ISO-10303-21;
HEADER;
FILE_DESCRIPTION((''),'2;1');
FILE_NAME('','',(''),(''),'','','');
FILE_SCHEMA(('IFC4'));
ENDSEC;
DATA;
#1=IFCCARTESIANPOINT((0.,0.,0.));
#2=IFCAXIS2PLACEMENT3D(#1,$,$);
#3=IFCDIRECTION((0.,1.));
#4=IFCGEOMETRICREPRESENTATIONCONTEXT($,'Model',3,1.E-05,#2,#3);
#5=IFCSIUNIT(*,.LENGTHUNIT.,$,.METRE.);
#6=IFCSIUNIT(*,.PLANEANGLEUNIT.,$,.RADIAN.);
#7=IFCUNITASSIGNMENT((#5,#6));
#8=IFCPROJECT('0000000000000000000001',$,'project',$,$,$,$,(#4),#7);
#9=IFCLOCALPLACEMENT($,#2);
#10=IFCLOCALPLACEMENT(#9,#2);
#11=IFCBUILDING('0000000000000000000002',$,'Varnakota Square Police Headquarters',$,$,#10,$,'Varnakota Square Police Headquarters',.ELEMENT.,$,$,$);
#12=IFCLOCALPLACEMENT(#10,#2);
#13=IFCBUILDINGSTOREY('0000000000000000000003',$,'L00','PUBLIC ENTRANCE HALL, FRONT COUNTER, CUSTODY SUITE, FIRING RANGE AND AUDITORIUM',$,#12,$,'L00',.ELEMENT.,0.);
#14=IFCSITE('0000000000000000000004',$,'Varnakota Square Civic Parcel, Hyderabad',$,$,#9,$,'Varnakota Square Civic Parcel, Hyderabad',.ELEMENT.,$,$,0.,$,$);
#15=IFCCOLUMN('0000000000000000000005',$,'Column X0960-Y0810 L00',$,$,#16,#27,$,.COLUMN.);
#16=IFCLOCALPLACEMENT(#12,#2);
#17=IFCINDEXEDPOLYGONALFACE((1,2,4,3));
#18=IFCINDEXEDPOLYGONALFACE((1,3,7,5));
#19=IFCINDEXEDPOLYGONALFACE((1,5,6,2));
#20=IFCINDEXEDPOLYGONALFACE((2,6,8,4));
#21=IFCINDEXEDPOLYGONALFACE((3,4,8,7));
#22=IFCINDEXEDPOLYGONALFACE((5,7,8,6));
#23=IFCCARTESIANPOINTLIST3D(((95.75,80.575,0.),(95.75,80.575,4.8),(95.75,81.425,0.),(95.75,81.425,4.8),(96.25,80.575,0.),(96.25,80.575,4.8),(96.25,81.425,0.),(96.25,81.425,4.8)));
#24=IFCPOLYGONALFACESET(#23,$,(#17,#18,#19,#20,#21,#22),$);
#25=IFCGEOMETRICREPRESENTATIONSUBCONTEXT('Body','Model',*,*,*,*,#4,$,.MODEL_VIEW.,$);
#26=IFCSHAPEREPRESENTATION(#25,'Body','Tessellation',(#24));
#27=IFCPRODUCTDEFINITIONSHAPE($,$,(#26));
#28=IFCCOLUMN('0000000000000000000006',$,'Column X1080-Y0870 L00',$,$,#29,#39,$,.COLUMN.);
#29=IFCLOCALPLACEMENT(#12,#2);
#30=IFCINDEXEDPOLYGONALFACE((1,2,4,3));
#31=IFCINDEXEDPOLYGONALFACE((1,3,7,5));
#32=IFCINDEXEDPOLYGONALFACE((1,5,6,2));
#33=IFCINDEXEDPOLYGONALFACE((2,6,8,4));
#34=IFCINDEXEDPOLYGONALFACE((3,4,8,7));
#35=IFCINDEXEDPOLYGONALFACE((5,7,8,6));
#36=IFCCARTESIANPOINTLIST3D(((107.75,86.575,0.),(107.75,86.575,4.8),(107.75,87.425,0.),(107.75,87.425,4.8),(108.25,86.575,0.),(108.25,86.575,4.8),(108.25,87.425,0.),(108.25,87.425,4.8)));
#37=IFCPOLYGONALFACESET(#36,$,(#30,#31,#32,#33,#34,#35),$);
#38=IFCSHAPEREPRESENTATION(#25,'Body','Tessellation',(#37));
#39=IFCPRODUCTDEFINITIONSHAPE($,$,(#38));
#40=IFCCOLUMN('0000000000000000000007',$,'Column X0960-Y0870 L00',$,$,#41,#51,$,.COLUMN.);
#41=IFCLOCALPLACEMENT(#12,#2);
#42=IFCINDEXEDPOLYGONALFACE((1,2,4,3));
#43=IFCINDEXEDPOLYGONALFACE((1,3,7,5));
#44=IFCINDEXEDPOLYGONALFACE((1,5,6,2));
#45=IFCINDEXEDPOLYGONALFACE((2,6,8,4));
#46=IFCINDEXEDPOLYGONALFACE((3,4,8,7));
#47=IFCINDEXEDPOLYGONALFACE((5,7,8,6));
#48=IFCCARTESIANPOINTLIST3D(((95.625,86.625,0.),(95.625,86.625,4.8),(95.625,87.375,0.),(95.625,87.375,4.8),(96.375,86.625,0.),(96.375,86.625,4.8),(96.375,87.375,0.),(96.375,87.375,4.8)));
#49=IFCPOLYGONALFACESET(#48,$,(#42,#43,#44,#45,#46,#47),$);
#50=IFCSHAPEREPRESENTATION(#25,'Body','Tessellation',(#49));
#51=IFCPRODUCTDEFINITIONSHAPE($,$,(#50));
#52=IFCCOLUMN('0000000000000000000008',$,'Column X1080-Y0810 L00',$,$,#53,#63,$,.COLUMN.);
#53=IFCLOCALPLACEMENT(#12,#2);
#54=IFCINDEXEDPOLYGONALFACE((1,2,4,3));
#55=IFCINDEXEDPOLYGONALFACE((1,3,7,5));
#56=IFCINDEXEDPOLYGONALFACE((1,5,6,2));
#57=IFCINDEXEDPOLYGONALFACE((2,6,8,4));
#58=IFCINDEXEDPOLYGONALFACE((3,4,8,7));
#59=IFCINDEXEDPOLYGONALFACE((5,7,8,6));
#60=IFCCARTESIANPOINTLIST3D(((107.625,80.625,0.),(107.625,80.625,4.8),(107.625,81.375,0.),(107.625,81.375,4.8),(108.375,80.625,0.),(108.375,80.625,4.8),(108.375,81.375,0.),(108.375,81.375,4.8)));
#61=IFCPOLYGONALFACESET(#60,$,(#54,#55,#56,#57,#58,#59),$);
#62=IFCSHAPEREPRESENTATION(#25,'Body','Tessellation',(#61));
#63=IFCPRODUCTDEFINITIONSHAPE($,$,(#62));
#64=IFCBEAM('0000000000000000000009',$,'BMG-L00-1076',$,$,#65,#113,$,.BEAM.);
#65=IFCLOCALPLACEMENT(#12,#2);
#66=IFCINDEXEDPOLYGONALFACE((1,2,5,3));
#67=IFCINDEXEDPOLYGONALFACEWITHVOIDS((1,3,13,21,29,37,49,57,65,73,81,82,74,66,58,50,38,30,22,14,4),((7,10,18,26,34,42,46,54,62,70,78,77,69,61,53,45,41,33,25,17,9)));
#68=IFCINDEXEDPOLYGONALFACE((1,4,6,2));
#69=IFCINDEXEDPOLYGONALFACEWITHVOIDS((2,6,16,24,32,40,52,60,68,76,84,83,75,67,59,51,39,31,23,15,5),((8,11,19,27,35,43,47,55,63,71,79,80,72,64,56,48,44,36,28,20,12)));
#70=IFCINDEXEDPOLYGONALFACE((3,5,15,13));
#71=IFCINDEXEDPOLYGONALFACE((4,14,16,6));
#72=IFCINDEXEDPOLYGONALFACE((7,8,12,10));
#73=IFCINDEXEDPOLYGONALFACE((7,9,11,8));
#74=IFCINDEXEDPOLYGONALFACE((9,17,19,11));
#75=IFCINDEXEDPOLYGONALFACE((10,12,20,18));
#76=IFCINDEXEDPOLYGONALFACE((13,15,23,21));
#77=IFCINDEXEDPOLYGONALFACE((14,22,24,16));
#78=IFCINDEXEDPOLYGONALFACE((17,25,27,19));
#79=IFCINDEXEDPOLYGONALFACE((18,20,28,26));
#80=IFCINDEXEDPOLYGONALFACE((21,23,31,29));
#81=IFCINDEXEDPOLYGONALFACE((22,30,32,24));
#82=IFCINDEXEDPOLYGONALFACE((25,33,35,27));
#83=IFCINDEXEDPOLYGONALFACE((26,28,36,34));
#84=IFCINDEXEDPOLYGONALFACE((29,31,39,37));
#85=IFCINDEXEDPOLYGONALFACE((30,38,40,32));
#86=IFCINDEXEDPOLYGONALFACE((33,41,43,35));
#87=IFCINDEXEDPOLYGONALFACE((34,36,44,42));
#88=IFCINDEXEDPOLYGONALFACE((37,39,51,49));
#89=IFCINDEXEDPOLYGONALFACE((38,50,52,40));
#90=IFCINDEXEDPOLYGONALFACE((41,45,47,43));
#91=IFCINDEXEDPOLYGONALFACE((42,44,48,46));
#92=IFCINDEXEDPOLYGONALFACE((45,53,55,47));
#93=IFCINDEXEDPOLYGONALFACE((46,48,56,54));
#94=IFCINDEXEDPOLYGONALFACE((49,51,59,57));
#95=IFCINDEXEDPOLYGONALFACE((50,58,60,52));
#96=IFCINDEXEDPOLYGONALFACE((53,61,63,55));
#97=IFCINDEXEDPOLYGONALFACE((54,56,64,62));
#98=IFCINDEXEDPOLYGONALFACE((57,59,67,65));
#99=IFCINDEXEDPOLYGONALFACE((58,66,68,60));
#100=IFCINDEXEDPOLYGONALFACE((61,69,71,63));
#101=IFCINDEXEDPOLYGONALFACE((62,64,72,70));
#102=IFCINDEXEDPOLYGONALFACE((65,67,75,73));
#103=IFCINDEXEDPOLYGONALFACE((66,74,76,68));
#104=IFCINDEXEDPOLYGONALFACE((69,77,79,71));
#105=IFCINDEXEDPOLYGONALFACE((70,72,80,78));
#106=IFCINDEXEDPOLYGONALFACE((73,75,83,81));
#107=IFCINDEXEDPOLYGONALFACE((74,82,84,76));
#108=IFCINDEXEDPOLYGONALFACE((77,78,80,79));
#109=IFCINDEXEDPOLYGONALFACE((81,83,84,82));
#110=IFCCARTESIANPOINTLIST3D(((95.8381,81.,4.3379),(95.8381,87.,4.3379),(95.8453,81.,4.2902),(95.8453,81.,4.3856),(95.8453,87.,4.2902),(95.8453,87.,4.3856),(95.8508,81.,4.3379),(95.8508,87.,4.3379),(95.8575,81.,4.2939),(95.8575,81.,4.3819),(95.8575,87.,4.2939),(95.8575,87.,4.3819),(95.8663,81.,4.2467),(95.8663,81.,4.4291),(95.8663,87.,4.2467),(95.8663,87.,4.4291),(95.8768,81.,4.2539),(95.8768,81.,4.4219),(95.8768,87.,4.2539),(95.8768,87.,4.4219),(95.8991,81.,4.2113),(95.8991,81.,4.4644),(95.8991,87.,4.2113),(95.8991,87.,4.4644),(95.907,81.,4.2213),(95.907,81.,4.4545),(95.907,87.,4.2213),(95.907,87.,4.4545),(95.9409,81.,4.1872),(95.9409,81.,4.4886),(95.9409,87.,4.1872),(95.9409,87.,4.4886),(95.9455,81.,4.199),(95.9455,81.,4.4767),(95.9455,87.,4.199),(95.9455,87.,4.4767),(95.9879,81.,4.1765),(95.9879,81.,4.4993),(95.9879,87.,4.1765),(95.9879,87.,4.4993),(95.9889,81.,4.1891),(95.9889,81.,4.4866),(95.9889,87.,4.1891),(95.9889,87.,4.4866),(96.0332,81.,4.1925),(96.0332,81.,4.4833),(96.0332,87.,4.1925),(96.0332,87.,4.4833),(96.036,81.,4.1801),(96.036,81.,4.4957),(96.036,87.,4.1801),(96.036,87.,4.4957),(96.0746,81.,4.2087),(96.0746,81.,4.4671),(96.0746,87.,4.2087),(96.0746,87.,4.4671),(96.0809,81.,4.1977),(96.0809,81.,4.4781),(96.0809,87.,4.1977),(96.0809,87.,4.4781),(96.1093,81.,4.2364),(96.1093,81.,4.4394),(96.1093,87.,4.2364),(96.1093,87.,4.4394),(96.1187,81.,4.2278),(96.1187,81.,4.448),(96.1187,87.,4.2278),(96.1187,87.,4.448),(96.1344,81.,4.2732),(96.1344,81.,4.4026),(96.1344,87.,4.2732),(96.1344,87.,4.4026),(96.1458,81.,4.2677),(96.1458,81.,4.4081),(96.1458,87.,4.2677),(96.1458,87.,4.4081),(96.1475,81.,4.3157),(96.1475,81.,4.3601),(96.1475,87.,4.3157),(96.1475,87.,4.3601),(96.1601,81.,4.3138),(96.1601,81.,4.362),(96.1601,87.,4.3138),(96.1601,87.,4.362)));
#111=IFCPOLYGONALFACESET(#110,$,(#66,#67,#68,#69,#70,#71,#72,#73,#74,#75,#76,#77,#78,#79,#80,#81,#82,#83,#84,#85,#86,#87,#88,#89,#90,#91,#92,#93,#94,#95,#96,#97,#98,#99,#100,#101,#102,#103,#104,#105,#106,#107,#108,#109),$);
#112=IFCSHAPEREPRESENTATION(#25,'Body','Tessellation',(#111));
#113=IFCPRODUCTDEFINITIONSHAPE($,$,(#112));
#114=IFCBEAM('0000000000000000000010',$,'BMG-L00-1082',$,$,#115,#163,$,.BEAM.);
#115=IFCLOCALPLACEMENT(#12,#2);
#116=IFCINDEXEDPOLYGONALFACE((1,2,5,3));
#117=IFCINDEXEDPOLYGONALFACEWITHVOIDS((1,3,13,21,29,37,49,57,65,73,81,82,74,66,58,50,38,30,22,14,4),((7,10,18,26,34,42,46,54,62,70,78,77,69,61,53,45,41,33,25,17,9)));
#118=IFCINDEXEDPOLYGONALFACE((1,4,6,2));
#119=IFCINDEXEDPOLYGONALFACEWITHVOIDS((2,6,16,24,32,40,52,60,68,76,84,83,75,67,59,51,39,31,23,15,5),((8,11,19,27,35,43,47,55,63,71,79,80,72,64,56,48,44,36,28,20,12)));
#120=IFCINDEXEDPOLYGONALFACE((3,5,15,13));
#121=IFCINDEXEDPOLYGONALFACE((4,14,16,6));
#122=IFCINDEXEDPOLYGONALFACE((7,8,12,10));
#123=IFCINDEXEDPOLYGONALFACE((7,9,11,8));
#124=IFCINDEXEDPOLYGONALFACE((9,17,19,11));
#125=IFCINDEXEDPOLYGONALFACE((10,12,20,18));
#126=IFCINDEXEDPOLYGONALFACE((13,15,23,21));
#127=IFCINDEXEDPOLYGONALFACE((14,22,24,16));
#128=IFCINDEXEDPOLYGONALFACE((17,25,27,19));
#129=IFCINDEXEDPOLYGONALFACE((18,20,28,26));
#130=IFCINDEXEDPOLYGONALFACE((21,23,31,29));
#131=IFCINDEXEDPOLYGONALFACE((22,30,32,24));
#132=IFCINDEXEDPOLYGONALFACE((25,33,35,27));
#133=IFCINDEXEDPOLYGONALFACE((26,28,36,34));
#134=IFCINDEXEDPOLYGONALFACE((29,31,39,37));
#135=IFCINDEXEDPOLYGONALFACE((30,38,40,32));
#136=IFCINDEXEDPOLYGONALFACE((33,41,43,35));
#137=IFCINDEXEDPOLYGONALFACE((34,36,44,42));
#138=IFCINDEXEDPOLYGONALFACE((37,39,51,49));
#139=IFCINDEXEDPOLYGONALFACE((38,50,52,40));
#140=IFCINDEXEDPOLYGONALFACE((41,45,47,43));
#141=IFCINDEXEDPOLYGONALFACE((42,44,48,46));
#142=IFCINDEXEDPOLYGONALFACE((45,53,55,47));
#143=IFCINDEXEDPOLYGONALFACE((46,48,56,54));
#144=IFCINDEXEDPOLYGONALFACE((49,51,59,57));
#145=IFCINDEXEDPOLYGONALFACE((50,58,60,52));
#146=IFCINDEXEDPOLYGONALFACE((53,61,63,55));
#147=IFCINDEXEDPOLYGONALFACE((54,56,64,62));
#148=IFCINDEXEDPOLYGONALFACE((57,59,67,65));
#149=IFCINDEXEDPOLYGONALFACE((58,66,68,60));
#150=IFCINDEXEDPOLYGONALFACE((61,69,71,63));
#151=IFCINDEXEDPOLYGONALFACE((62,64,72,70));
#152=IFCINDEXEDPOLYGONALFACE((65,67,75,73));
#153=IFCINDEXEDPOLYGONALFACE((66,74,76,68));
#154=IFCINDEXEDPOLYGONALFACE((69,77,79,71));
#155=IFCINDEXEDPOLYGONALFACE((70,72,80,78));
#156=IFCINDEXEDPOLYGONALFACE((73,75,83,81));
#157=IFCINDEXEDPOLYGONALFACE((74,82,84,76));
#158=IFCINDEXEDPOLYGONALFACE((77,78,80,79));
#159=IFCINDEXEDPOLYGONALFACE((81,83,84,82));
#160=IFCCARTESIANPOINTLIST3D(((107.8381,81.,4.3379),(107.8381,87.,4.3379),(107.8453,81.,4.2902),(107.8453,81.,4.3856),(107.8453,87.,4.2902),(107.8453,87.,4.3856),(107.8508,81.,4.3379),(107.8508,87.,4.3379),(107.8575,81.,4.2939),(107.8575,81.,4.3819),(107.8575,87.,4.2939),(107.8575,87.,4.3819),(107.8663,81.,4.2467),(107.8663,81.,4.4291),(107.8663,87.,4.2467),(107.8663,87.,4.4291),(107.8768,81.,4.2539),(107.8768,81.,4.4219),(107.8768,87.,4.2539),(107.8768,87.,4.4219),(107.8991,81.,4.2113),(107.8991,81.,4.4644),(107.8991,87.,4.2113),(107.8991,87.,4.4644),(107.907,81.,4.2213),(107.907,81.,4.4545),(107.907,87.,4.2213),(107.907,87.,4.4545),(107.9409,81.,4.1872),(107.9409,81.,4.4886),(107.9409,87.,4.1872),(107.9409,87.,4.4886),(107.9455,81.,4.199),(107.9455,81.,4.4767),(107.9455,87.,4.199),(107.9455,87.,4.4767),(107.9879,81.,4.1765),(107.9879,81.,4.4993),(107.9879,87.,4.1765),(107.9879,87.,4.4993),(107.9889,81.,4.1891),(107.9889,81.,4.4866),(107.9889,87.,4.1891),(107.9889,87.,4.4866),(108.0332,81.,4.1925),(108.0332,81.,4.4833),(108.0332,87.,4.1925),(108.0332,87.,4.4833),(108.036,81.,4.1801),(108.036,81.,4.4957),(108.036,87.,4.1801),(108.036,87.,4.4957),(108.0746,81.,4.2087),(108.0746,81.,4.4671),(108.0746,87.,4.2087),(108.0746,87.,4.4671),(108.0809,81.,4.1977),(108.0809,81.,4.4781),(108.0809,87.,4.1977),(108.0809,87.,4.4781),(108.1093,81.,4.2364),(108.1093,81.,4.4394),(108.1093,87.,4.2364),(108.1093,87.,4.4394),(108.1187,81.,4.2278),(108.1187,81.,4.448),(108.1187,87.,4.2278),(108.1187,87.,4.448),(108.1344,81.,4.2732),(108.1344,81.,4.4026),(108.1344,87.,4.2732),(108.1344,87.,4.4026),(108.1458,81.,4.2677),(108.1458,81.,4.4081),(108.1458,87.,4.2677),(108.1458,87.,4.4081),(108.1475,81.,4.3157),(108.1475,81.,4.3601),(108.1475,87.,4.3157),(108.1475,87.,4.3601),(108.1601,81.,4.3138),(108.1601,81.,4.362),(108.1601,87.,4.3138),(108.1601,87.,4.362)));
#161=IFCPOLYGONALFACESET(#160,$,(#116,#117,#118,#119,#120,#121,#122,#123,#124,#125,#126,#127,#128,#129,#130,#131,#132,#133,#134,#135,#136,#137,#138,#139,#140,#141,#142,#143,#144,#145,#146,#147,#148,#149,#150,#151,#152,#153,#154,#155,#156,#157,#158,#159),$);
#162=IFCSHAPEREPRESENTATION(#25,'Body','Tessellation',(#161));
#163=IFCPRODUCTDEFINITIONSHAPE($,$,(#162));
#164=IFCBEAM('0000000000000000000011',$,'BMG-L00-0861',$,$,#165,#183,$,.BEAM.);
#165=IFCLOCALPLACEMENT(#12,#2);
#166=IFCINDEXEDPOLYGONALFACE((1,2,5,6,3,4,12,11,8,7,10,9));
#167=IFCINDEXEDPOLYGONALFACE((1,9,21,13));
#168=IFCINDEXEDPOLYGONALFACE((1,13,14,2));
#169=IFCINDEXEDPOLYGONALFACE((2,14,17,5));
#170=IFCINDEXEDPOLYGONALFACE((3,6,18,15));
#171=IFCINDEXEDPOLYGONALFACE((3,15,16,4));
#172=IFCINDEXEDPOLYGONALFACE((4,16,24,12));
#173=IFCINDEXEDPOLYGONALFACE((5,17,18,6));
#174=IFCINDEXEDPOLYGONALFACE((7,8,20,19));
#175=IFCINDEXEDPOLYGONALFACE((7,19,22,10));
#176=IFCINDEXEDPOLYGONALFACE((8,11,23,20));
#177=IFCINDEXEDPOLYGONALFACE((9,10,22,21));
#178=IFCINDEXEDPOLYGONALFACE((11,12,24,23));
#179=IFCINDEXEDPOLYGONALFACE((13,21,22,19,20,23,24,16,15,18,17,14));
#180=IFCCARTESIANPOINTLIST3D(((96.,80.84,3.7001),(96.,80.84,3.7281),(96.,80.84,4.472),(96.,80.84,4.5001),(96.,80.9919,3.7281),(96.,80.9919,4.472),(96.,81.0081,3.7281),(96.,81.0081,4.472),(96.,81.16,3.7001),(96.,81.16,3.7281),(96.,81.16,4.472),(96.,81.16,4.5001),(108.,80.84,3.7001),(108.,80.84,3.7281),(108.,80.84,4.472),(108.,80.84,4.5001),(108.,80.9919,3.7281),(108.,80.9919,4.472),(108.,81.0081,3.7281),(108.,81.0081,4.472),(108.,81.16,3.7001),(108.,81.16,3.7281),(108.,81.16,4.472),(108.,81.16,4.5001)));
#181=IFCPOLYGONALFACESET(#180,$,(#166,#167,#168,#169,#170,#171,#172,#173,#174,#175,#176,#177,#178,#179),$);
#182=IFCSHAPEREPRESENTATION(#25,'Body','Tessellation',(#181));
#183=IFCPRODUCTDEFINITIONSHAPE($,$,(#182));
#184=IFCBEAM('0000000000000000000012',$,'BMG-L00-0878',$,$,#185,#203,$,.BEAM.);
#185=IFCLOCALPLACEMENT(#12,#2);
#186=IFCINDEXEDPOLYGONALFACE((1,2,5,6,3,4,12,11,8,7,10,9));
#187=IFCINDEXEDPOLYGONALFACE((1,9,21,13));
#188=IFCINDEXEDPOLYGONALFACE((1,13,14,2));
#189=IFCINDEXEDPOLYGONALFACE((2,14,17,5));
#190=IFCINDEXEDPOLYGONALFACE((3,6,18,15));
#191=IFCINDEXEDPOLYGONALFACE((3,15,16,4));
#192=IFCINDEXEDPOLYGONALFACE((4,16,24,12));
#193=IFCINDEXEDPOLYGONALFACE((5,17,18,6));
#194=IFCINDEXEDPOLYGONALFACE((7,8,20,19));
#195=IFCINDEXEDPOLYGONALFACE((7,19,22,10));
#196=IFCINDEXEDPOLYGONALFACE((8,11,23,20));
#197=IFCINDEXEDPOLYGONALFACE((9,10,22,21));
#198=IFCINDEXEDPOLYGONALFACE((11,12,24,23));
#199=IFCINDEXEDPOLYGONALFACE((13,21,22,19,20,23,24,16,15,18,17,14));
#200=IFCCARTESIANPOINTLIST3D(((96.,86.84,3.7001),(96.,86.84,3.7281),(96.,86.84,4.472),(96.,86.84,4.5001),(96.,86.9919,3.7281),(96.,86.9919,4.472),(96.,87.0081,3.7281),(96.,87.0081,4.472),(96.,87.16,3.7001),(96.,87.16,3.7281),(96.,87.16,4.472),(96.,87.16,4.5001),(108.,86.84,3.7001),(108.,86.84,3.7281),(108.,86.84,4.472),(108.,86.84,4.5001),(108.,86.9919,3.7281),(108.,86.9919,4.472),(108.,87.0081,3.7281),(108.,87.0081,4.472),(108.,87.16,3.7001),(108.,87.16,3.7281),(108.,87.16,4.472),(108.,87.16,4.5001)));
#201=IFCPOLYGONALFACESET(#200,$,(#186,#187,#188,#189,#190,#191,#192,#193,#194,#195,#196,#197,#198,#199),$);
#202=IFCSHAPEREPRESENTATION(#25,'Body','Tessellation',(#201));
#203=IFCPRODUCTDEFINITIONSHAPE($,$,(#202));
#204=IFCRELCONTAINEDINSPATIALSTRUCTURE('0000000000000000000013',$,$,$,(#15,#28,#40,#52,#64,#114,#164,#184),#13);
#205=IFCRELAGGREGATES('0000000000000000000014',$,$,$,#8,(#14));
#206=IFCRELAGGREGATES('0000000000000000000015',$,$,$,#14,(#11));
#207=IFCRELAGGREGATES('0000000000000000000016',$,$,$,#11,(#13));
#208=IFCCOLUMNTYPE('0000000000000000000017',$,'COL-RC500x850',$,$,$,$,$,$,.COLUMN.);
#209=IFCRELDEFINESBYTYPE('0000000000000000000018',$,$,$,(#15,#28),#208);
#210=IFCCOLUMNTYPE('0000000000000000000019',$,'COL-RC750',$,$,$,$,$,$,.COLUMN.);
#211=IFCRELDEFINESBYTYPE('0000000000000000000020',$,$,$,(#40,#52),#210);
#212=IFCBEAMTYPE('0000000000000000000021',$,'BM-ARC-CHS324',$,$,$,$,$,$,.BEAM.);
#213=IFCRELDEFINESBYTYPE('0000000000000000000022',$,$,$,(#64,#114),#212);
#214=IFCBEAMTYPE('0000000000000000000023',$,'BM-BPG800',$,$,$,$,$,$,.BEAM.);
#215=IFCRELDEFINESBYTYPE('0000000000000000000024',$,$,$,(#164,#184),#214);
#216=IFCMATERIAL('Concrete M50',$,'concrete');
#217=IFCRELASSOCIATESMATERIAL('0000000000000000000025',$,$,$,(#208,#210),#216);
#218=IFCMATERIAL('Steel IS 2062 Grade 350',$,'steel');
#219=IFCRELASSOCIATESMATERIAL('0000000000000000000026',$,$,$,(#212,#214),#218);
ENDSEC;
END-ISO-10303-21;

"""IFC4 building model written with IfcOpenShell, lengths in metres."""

from ifc_helpers import new_model, si_unit, direction, frame, origin, origin_2d, place, context, subcontext, project, spatial, rectangle, hollow_circle, i_section, extrude, material, material_profile, profile_set, type_object, element, save


model = new_model("IFC4")

# Units and contexts
model_context = context("Model", 3, precision=1e-05, world=origin(), true_north=direction((0.0, 1.0)))
body_context = subcontext(model_context, "Body", "Model", "MODEL_VIEW")
ifc_project = project(units=[si_unit("LENGTHUNIT", "METRE"), si_unit("PLANEANGLEUNIT", "RADIAN")], contexts=[model_context])

# Site, building, storey
site_placement = place(None, origin())
site = spatial("IfcSite", under=ifc_project, at=site_placement, Name="Varnakota Square Civic Parcel, Hyderabad", LongName="Varnakota Square Civic Parcel, Hyderabad", CompositionType="ELEMENT", RefElevation=0.0)
building_placement = place(site_placement, origin())
building = spatial("IfcBuilding", under=site, at=building_placement, Name="Varnakota Square Police Headquarters", LongName="Varnakota Square Police Headquarters", CompositionType="ELEMENT")
storey_placement = place(building_placement, origin())
storey = spatial("IfcBuildingStorey", under=building, at=storey_placement, Name="L00", Description="PUBLIC ENTRANCE HALL, FRONT COUNTER, CUSTODY SUITE, FIRING RANGE AND AUDITORIUM", LongName="L00", CompositionType="ELEMENT", Elevation=0.0)

# Columns
ifc_material_1 = material(Name="Concrete M50", Category="concrete")
ifc_material_profile_1 = material_profile(ifc_material_1, rectangle(XDim=0.5, YDim=0.8501, at=origin_2d()), Name="RC 500x850")
ifc_profile_set_1 = profile_set([ifc_material_profile_1], Name="Concrete M50")
column_type_1 = type_object("IfcColumnType", Name="COL-RC500x850", PredefinedType="COLUMN", material=ifc_profile_set_1)
for number, where, z_axis, x_axis, name in (
    (1, (96.0, 81.0, 0.0), (0.0, 0.0, 1.0), (1.0, 0.0, 0.0), "Column X0960-Y0810 L00"),
    (2, (108.0, 87.0, 0.0), (0.0, 0.0, 1.0), (1.0, 0.0, 0.0), "Column X1080-Y0870 L00"),
):
    element("IfcColumn", number, at=place(storey_placement, frame(where, z_axis=z_axis, x_axis=x_axis)), inside=storey, type_object=column_type_1, Name=name, PredefinedType="COLUMN", context=body_context, shape_type="SweptSolid", body=[
        extrude(rectangle(XDim=0.5, YDim=0.8501, at=origin_2d()), origin(), (0.0, 0.0, 1.0), 4.8),
    ])
ifc_material_profile_2 = material_profile(ifc_material_1, rectangle(XDim=0.75, YDim=0.75, at=origin_2d()), Name="RC 750x750")
ifc_profile_set_2 = profile_set([ifc_material_profile_2], Name="Concrete M50")
column_type_2 = type_object("IfcColumnType", Name="COL-RC750", PredefinedType="COLUMN", material=ifc_profile_set_2)
for number, where, z_axis, x_axis, name in (
    (3, (96.0, 87.0, 0.0), (0.0, 0.0, 1.0), (1.0, 0.0, 0.0), "Column X0960-Y0870 L00"),
    (4, (108.0, 81.0, 0.0), (0.0, 0.0, 1.0), (1.0, 0.0, 0.0), "Column X1080-Y0810 L00"),
):
    element("IfcColumn", number, at=place(storey_placement, frame(where, z_axis=z_axis, x_axis=x_axis)), inside=storey, type_object=column_type_2, Name=name, PredefinedType="COLUMN", context=body_context, shape_type="SweptSolid", body=[
        extrude(rectangle(XDim=0.75, YDim=0.75, at=origin_2d()), origin(), (0.0, 0.0, 1.0), 4.8),
    ])

# Beams
ifc_material_2 = material(Name="Steel IS 2062 Grade 350", Category="steel")
ifc_material_profile_3 = material_profile(ifc_material_2, hollow_circle(Radius=0.1619, WallThickness=0.0127, at=origin_2d()), Name="CHS 323.9x12.7")
ifc_profile_set_3 = profile_set([ifc_material_profile_3], Name="Steel IS 2062 Grade 350")
beam_type_1 = type_object("IfcBeamType", Name="BM-ARC-CHS324", PredefinedType="BEAM", material=ifc_profile_set_3)
for number, where, z_axis, x_axis, name in (
    (5, (96.0, 81.0, 4.3379), (0.0, 1.0, 0.0), (-1.0, 0.0, 0.0), "BMG-L00-1076"),
    (6, (108.0, 81.0, 4.3379), (0.0, 1.0, 0.0), (-1.0, 0.0, 0.0), "BMG-L00-1082"),
):
    element("IfcBeam", number, at=place(storey_placement, frame(where, z_axis=z_axis, x_axis=x_axis)), inside=storey, type_object=beam_type_1, Name=name, PredefinedType="BEAM", context=body_context, shape_type="SweptSolid", body=[
        extrude(hollow_circle(Radius=0.1619, WallThickness=0.0127, at=origin_2d()), origin(), (0.0, 0.0, 1.0), 6.0),
    ])
ifc_material_profile_4 = material_profile(ifc_material_2, i_section(OverallWidth=0.3201, OverallDepth=0.8, WebThickness=0.0161, FlangeThickness=0.0281, at=origin_2d()), Name="BPG 800x320")
ifc_profile_set_4 = profile_set([ifc_material_profile_4], Name="Steel IS 2062 Grade 350")
beam_type_2 = type_object("IfcBeamType", Name="BM-BPG800", PredefinedType="BEAM", material=ifc_profile_set_4)
for number, where, z_axis, x_axis, name in (
    (7, (96.0, 81.0, 4.1001), (1.0, 0.0, 0.0), (0.0, 1.0, 0.0), "BMG-L00-0861"),
    (8, (96.0, 87.0, 4.1001), (1.0, 0.0, 0.0), (0.0, 1.0, 0.0), "BMG-L00-0878"),
):
    element("IfcBeam", number, at=place(storey_placement, frame(where, z_axis=z_axis, x_axis=x_axis)), inside=storey, type_object=beam_type_2, Name=name, PredefinedType="BEAM", context=body_context, shape_type="SweptSolid", body=[
        extrude(i_section(OverallWidth=0.3201, OverallDepth=0.8, WebThickness=0.0161, FlangeThickness=0.0281, at=origin_2d()), origin(), (0.0, 0.0, 1.0), 12.0),
    ])

save(model, "model.ifc")
